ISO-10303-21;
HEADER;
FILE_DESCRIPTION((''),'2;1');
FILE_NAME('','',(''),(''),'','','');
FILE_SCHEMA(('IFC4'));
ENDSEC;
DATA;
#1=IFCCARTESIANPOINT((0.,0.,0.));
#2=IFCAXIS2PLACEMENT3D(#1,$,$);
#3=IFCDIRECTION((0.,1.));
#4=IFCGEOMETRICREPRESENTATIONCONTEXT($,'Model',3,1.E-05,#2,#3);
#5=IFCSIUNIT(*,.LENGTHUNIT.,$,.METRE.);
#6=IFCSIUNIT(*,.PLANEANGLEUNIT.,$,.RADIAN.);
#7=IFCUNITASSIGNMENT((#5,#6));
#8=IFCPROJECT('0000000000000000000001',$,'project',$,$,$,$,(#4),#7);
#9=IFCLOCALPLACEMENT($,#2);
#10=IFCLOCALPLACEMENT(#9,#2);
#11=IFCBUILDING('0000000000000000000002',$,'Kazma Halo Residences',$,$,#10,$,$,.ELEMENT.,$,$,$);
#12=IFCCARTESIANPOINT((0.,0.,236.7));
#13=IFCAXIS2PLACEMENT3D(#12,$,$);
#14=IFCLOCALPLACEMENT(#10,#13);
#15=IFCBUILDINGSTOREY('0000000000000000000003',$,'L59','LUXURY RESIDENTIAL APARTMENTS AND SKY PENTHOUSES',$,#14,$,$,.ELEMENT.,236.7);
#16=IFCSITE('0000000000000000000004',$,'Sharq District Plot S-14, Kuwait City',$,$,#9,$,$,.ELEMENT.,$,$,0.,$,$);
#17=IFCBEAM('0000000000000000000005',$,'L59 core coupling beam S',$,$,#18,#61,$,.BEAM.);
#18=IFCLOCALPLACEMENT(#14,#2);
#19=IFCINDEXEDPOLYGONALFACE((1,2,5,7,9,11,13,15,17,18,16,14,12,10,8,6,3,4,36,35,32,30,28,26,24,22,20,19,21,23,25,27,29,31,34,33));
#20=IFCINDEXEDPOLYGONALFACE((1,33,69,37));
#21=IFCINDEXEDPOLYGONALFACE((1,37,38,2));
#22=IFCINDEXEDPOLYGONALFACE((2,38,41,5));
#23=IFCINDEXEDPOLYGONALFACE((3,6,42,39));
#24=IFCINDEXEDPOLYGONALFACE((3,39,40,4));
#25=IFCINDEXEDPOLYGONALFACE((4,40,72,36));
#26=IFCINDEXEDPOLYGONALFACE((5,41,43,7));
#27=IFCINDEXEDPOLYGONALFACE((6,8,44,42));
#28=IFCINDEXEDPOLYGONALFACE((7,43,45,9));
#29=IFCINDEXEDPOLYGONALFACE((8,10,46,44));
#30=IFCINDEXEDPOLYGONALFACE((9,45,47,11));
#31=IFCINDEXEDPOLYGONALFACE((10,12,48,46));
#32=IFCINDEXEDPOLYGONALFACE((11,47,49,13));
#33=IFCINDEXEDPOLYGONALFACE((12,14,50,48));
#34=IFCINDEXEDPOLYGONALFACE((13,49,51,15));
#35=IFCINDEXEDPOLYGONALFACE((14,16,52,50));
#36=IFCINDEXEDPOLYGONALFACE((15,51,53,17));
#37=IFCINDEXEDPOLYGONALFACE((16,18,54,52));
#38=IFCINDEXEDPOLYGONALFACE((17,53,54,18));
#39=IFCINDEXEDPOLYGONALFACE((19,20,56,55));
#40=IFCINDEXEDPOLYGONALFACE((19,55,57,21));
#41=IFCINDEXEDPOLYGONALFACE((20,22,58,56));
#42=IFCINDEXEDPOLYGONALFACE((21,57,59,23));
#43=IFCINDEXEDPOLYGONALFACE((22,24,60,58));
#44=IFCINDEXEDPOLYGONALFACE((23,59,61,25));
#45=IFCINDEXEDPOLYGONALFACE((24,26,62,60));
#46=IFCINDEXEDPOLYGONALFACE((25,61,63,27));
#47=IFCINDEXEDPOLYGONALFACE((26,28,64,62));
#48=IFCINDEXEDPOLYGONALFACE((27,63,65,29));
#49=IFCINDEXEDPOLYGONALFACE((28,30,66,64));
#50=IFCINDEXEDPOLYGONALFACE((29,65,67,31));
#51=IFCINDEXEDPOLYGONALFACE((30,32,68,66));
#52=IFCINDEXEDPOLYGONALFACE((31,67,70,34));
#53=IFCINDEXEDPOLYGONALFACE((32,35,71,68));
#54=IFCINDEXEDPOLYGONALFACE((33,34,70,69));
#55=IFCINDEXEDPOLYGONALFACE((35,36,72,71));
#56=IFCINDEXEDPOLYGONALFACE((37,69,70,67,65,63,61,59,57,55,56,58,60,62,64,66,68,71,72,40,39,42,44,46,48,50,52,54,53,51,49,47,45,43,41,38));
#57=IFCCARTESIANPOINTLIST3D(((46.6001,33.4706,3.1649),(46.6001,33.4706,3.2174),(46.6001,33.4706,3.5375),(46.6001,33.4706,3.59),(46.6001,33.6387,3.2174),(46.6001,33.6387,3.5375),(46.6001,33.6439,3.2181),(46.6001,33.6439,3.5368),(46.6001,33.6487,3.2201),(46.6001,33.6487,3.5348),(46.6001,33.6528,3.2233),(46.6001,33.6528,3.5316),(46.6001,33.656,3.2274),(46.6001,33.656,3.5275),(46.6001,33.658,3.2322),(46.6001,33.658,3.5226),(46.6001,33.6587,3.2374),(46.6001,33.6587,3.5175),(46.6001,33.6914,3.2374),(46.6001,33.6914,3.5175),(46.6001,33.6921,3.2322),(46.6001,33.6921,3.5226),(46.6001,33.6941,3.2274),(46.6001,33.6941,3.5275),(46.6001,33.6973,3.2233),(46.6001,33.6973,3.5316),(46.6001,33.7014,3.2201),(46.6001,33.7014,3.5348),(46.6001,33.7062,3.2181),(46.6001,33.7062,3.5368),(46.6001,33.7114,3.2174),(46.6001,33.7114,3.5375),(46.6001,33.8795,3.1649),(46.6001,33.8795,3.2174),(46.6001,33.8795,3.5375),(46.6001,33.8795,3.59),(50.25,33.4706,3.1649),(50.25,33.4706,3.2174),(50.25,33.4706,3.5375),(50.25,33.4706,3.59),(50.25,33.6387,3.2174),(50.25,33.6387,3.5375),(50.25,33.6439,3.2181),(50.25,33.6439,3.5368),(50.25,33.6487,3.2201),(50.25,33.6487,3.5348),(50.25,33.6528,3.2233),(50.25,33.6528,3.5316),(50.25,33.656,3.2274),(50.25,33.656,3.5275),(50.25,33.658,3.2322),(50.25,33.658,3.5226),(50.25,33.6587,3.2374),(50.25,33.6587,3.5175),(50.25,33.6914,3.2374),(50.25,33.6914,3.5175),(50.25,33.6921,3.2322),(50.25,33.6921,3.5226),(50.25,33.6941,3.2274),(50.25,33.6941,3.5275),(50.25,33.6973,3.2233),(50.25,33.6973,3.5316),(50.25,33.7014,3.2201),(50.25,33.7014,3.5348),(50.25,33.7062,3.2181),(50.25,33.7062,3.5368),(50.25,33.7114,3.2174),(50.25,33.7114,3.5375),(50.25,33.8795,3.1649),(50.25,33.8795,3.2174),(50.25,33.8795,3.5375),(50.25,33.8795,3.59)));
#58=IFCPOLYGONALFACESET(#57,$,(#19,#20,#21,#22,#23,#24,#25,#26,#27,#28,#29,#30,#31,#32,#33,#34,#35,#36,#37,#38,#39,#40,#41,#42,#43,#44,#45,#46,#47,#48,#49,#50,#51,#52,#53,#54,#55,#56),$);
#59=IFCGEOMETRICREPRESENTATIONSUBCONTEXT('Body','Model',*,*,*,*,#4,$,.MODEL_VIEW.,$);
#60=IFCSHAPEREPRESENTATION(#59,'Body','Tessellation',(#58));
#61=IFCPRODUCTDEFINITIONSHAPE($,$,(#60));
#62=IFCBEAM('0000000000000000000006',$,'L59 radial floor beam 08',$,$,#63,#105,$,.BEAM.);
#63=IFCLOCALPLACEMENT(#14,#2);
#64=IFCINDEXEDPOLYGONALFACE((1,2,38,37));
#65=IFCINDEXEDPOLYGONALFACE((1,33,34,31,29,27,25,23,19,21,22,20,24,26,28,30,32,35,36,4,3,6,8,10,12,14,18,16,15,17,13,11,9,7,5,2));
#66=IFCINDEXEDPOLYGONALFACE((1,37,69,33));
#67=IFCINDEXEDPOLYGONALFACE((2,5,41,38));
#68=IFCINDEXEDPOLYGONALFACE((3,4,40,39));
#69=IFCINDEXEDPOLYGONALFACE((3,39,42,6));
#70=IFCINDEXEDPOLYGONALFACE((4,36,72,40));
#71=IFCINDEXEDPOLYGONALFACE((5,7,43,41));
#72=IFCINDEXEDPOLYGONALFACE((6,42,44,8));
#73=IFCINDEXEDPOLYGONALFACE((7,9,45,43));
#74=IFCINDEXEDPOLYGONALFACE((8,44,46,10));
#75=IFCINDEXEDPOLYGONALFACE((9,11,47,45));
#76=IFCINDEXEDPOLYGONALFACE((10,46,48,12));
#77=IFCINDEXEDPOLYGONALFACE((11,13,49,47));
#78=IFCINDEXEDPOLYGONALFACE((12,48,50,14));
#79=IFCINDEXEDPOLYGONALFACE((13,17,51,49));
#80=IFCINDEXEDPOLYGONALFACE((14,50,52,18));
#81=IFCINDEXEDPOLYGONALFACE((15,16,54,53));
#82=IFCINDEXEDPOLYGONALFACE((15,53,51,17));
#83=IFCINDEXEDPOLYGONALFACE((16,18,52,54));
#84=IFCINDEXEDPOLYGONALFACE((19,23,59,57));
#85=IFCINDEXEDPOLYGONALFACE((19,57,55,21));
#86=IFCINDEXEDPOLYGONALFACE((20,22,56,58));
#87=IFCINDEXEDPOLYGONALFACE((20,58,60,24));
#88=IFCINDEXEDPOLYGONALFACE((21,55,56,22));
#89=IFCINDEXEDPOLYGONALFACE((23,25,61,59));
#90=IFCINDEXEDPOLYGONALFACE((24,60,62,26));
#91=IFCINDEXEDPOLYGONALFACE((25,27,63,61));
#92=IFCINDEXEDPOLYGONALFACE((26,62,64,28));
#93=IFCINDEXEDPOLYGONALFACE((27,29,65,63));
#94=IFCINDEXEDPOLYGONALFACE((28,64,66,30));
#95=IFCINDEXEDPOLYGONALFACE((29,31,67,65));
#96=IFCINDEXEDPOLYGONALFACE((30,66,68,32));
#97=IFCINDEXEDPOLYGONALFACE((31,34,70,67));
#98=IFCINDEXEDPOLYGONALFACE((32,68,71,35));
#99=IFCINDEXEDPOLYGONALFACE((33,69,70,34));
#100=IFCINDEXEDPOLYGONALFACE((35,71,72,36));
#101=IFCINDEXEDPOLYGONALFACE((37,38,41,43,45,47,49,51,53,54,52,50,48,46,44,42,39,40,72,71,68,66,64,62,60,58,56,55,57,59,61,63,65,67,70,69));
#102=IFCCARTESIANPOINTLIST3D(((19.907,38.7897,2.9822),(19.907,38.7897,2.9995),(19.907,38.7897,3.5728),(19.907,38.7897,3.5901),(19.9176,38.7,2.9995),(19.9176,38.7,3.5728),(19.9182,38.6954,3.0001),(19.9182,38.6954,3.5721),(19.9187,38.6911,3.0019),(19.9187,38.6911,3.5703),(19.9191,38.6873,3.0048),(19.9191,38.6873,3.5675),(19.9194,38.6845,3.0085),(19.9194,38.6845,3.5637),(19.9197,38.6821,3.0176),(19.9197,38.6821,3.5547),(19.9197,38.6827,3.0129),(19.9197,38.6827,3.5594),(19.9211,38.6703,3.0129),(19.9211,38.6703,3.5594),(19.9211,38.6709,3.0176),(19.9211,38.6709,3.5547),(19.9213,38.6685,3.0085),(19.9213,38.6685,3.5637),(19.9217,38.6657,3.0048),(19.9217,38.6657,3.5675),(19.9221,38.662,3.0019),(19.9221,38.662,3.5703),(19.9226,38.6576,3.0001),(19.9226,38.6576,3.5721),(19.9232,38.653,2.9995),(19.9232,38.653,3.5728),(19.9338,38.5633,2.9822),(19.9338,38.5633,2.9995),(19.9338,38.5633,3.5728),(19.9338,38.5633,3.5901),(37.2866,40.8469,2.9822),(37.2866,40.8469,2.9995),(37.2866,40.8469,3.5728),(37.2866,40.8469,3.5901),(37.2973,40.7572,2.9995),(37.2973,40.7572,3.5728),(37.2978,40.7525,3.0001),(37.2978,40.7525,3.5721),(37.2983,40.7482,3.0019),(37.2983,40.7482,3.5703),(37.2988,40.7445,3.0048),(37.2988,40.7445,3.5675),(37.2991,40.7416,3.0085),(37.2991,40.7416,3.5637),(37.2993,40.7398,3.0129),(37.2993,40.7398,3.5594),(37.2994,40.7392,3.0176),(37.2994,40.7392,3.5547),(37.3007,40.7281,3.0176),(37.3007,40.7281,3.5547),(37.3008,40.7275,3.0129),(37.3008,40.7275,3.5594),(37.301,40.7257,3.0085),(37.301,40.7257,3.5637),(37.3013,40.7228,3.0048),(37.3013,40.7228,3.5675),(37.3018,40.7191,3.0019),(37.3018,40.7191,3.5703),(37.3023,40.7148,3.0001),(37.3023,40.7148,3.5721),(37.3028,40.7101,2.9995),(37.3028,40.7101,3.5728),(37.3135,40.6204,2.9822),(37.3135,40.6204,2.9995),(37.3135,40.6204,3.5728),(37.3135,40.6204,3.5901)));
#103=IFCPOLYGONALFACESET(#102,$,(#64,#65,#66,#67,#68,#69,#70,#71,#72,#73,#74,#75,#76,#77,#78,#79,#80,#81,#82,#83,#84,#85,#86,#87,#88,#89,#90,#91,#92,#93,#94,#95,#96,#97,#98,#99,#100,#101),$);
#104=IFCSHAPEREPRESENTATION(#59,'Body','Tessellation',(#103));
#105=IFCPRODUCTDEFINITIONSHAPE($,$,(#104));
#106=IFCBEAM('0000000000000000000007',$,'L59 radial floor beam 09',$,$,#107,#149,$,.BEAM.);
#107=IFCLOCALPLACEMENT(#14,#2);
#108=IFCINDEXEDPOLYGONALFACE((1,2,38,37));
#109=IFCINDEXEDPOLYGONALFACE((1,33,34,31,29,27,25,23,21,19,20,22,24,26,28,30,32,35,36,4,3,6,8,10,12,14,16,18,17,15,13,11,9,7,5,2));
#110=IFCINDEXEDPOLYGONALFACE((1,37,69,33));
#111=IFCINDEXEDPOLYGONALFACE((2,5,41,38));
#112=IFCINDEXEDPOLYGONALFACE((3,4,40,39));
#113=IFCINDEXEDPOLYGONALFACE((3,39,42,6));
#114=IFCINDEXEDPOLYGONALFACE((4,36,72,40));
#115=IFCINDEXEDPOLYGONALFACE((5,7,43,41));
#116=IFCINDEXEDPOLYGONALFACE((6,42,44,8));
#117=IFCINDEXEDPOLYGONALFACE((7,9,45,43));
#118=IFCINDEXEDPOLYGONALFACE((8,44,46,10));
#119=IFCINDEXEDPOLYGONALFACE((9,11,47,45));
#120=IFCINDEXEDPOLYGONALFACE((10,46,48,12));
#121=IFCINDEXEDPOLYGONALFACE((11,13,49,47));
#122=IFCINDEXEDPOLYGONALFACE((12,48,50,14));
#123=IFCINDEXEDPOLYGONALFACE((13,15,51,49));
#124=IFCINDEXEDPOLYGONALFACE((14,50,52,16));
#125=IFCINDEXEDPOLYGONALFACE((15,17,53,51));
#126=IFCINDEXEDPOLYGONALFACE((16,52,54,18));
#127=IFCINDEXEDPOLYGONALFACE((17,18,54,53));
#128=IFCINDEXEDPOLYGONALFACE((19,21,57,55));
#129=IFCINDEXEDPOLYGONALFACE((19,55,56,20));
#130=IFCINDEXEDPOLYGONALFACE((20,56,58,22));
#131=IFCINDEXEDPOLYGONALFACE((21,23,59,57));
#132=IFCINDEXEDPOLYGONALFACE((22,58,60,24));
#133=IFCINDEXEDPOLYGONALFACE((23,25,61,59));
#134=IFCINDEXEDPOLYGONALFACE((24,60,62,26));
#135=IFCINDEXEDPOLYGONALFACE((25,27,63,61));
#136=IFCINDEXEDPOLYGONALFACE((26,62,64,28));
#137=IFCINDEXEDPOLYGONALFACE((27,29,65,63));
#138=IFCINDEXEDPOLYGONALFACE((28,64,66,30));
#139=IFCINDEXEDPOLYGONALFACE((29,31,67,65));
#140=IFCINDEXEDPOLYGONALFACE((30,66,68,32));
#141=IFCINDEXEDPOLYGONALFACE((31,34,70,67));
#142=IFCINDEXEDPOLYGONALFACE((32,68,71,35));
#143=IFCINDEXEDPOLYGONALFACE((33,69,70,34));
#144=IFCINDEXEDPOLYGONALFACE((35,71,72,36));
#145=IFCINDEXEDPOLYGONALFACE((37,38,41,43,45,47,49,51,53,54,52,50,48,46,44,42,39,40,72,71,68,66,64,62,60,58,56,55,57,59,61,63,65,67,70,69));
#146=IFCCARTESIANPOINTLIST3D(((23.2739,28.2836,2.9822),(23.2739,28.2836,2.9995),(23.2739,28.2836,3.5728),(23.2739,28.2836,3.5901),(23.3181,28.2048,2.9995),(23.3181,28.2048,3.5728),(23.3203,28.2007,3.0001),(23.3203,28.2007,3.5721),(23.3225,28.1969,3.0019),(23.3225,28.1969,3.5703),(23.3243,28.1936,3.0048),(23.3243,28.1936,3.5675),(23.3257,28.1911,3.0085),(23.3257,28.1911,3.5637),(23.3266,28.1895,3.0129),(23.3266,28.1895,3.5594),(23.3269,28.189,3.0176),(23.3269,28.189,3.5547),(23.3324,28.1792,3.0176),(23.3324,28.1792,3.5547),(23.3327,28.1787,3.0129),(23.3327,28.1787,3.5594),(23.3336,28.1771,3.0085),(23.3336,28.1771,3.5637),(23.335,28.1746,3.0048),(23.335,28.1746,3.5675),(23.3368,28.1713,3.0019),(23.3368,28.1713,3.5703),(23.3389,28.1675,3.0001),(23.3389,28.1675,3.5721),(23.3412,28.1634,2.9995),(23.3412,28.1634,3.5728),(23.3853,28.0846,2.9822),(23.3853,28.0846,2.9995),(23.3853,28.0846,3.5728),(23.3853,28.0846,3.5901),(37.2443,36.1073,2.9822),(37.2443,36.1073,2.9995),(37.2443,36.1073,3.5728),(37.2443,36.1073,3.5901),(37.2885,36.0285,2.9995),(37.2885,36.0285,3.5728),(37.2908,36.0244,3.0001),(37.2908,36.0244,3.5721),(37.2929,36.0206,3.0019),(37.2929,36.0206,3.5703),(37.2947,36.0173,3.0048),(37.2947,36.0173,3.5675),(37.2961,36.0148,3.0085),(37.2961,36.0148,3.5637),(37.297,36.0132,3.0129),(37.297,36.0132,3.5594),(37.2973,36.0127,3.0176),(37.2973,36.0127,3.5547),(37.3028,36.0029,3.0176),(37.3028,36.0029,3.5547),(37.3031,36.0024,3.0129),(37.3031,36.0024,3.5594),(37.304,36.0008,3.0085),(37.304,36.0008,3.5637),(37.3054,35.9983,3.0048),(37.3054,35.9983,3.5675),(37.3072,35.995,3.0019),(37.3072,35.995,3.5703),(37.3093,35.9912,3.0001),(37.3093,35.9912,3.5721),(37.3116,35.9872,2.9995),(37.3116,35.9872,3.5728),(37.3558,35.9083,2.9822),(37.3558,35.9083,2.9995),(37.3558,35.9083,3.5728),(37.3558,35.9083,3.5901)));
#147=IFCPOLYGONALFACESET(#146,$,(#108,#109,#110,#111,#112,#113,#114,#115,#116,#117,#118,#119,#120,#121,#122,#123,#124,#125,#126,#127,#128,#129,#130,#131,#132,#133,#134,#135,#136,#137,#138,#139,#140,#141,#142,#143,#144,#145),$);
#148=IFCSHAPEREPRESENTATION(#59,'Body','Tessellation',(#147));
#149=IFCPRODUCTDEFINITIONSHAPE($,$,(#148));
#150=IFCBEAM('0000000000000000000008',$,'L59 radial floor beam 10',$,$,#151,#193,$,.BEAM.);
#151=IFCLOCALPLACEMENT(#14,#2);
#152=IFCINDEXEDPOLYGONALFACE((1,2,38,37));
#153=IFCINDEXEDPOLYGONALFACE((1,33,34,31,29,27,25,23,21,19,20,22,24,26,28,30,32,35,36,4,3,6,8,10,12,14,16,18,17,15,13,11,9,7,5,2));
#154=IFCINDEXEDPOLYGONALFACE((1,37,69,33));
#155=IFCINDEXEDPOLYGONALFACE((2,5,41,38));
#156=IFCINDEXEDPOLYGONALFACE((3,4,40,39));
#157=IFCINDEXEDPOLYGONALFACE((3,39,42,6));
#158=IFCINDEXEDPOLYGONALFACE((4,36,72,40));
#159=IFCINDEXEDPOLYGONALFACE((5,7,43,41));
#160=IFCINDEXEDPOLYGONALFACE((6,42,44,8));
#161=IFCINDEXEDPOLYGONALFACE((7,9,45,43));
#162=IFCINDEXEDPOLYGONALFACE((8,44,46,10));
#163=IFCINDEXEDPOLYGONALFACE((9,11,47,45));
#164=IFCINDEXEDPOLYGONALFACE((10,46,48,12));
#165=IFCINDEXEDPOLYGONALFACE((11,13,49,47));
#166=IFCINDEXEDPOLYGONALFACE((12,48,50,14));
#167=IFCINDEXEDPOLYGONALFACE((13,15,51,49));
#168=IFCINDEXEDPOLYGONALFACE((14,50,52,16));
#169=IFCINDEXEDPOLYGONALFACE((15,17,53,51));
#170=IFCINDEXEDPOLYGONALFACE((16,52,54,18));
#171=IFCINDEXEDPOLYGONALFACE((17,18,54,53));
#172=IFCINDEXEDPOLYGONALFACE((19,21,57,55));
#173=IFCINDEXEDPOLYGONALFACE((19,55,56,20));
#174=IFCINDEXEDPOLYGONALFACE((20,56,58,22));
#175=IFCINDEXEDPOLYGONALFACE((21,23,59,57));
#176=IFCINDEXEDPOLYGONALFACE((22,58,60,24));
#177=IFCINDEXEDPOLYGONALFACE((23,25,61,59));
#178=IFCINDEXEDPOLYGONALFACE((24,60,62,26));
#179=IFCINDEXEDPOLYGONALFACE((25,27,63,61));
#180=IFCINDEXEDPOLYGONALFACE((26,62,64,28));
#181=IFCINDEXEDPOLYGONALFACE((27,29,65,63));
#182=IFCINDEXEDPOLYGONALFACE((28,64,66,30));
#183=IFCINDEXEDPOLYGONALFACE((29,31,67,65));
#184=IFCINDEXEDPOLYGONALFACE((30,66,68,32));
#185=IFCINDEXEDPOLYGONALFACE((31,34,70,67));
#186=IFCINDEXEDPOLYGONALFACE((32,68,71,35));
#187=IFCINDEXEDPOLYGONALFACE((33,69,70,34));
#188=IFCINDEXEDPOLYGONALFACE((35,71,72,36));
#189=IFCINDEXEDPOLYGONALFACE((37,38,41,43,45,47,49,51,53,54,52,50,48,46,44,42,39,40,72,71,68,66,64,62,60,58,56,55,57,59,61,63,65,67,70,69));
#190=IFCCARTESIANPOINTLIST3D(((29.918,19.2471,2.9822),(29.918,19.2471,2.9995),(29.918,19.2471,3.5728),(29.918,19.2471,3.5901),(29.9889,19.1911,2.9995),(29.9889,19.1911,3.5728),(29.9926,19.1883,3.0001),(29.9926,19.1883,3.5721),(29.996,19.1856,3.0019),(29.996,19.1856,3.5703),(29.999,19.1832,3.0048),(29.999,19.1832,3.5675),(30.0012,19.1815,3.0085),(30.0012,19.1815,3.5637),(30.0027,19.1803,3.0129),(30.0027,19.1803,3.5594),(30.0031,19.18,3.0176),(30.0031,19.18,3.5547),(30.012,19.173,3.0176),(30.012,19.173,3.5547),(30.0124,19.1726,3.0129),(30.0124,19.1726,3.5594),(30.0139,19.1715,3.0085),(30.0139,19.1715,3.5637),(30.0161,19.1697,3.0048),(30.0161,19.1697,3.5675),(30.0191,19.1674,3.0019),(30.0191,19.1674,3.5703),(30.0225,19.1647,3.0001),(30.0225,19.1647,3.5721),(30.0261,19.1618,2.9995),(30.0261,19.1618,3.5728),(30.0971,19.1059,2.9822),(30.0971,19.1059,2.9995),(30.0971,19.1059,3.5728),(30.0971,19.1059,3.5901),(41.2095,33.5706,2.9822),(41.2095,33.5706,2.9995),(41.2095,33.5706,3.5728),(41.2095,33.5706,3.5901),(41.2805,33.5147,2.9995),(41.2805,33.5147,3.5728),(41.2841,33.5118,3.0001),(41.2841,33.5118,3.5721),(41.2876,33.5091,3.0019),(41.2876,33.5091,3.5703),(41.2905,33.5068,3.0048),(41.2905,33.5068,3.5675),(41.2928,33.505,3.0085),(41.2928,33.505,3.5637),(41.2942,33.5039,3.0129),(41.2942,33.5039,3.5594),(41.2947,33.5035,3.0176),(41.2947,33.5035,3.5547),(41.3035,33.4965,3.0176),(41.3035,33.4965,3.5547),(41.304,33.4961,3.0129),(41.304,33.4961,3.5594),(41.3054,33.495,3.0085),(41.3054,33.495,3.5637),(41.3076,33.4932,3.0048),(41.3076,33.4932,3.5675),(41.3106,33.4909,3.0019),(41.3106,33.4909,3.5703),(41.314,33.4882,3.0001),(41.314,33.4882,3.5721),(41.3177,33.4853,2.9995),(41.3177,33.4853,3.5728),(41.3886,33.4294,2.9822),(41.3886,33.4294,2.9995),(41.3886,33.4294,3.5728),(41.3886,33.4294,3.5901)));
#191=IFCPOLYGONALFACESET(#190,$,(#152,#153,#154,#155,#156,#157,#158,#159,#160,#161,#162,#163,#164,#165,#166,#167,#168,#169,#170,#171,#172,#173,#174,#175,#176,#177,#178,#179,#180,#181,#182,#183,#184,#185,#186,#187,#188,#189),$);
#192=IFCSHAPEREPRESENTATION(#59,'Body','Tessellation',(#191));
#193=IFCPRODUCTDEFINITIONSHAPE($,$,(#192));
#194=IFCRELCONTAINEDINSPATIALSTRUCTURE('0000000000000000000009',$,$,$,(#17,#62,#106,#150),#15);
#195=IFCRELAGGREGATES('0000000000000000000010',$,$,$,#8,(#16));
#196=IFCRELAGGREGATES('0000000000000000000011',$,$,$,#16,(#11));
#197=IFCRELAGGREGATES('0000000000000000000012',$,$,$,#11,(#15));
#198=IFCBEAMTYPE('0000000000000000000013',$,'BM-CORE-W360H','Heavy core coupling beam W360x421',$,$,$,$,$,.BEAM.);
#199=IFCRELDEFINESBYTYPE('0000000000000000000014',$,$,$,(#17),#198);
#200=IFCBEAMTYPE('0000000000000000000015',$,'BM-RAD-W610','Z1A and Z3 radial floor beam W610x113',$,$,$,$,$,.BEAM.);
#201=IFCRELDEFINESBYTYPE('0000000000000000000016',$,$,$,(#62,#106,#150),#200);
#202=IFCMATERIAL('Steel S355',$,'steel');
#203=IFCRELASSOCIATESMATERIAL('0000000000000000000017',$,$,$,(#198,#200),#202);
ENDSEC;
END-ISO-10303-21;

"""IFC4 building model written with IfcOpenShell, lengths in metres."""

from ifc_helpers import new_model, si_unit, direction, frame, origin, origin_2d, place, context, subcontext, project, spatial, i_section, extrude, material, material_profile, profile_set, type_object, element, save


model = new_model("IFC4")

# Units and contexts
model_context = context("Model", 3, precision=1e-05, world=origin(), true_north=direction((0.0, 1.0)))
body_context = subcontext(model_context, "Body", "Model", "MODEL_VIEW")
ifc_project = project(units=[si_unit("LENGTHUNIT", "METRE"), si_unit("PLANEANGLEUNIT", "RADIAN")], contexts=[model_context])

# Site, building, storey
site_placement = place(None, origin())
site = spatial("IfcSite", under=ifc_project, at=site_placement, Name="Sharq District Plot S-14, Kuwait City", CompositionType="ELEMENT", RefElevation=0.0)
building_placement = place(site_placement, origin())
building = spatial("IfcBuilding", under=site, at=building_placement, Name="Kazma Halo Residences", CompositionType="ELEMENT")
storey_placement = place(building_placement, frame((0.0, 0.0, 236.7)))
storey = spatial("IfcBuildingStorey", under=building, at=storey_placement, Name="L59", Description="LUXURY RESIDENTIAL APARTMENTS AND SKY PENTHOUSES", CompositionType="ELEMENT", Elevation=236.7)

# Beams
ifc_material_1 = material(Name="Steel S355", Category="steel")
ifc_material_profile_1 = material_profile(ifc_material_1, i_section(OverallWidth=0.4089, OverallDepth=0.425, WebThickness=0.0327, FlangeThickness=0.0525, FilletRadius=0.02, at=origin_2d()), Name="W360x421")
ifc_profile_set_1 = profile_set([ifc_material_profile_1], Name="Steel S355")
beam_type_1 = type_object("IfcBeamType", Name="BM-CORE-W360H", Description="Heavy core coupling beam W360x421", PredefinedType="BEAM", material=ifc_profile_set_1)
beam_1_placement = place(storey_placement, frame((46.6001, 33.675, 3.3774), z_axis=(1.0, 0.0, 0.0), x_axis=(0.0, 1.0, 0.0)))
element("IfcBeam", 1, at=beam_1_placement, inside=storey, type_object=beam_type_1, Name="L59 core coupling beam S", PredefinedType="BEAM", context=body_context, shape_type="SweptSolid", body=[
    extrude(i_section(OverallWidth=0.4089, OverallDepth=0.425, WebThickness=0.0327, FlangeThickness=0.0525, FilletRadius=0.02, at=origin_2d()), origin(), (0.0, 0.0, 1.0), 3.6499),
])
ifc_material_profile_2 = material_profile(ifc_material_1, i_section(OverallWidth=0.228, OverallDepth=0.6079, WebThickness=0.0112, FlangeThickness=0.0173, FilletRadius=0.0181, at=origin_2d()), Name="W610x113")
ifc_profile_set_2 = profile_set([ifc_material_profile_2], Name="Steel S355")
beam_type_2 = type_object("IfcBeamType", Name="BM-RAD-W610", Description="Z1A and Z3 radial floor beam W610x113", PredefinedType="BEAM", material=ifc_profile_set_2)
beam_2_placement = place(storey_placement, frame((37.3, 40.7336, 3.2861), z_axis=(-0.993068, -0.117544, 0.0), x_axis=(0.117544, -0.993068, 0.0)))
element("IfcBeam", 2, at=beam_2_placement, inside=storey, type_object=beam_type_2, Name="L59 radial floor beam 08", PredefinedType="BEAM", context=body_context, shape_type="SweptSolid", body=[
    extrude(i_section(OverallWidth=0.228, OverallDepth=0.6079, WebThickness=0.0112, FlangeThickness=0.0173, FilletRadius=0.0181, at=origin_2d()), origin(), (0.0, 0.0, 1.0), 17.501),
])
beam_3_placement = place(storey_placement, frame((37.3, 36.0078, 3.2861), z_axis=(-0.872499, -0.488616, 0.0), x_axis=(0.488616, -0.872499, 0.0)))
element("IfcBeam", 3, at=beam_3_placement, inside=storey, type_object=beam_type_2, Name="L59 radial floor beam 09", PredefinedType="BEAM", context=body_context, shape_type="SweptSolid", body=[
    extrude(i_section(OverallWidth=0.228, OverallDepth=0.6079, WebThickness=0.0112, FlangeThickness=0.0173, FilletRadius=0.0181, at=origin_2d()), origin(), (0.0, 0.0, 1.0), 16.012),
])
beam_4_placement = place(storey_placement, frame((41.2991, 33.5, 3.2861), z_axis=(-0.619086, -0.785323, 0.0), x_axis=(0.785323, -0.619086, 0.0)))
element("IfcBeam", 4, at=beam_4_placement, inside=storey, type_object=beam_type_2, Name="L59 radial floor beam 10", PredefinedType="BEAM", context=body_context, shape_type="SweptSolid", body=[
    extrude(i_section(OverallWidth=0.228, OverallDepth=0.6079, WebThickness=0.0112, FlangeThickness=0.0173, FilletRadius=0.0181, at=origin_2d()), origin(), (0.0, 0.0, 1.0), 18.239),
])

save(model, "model.ifc")
